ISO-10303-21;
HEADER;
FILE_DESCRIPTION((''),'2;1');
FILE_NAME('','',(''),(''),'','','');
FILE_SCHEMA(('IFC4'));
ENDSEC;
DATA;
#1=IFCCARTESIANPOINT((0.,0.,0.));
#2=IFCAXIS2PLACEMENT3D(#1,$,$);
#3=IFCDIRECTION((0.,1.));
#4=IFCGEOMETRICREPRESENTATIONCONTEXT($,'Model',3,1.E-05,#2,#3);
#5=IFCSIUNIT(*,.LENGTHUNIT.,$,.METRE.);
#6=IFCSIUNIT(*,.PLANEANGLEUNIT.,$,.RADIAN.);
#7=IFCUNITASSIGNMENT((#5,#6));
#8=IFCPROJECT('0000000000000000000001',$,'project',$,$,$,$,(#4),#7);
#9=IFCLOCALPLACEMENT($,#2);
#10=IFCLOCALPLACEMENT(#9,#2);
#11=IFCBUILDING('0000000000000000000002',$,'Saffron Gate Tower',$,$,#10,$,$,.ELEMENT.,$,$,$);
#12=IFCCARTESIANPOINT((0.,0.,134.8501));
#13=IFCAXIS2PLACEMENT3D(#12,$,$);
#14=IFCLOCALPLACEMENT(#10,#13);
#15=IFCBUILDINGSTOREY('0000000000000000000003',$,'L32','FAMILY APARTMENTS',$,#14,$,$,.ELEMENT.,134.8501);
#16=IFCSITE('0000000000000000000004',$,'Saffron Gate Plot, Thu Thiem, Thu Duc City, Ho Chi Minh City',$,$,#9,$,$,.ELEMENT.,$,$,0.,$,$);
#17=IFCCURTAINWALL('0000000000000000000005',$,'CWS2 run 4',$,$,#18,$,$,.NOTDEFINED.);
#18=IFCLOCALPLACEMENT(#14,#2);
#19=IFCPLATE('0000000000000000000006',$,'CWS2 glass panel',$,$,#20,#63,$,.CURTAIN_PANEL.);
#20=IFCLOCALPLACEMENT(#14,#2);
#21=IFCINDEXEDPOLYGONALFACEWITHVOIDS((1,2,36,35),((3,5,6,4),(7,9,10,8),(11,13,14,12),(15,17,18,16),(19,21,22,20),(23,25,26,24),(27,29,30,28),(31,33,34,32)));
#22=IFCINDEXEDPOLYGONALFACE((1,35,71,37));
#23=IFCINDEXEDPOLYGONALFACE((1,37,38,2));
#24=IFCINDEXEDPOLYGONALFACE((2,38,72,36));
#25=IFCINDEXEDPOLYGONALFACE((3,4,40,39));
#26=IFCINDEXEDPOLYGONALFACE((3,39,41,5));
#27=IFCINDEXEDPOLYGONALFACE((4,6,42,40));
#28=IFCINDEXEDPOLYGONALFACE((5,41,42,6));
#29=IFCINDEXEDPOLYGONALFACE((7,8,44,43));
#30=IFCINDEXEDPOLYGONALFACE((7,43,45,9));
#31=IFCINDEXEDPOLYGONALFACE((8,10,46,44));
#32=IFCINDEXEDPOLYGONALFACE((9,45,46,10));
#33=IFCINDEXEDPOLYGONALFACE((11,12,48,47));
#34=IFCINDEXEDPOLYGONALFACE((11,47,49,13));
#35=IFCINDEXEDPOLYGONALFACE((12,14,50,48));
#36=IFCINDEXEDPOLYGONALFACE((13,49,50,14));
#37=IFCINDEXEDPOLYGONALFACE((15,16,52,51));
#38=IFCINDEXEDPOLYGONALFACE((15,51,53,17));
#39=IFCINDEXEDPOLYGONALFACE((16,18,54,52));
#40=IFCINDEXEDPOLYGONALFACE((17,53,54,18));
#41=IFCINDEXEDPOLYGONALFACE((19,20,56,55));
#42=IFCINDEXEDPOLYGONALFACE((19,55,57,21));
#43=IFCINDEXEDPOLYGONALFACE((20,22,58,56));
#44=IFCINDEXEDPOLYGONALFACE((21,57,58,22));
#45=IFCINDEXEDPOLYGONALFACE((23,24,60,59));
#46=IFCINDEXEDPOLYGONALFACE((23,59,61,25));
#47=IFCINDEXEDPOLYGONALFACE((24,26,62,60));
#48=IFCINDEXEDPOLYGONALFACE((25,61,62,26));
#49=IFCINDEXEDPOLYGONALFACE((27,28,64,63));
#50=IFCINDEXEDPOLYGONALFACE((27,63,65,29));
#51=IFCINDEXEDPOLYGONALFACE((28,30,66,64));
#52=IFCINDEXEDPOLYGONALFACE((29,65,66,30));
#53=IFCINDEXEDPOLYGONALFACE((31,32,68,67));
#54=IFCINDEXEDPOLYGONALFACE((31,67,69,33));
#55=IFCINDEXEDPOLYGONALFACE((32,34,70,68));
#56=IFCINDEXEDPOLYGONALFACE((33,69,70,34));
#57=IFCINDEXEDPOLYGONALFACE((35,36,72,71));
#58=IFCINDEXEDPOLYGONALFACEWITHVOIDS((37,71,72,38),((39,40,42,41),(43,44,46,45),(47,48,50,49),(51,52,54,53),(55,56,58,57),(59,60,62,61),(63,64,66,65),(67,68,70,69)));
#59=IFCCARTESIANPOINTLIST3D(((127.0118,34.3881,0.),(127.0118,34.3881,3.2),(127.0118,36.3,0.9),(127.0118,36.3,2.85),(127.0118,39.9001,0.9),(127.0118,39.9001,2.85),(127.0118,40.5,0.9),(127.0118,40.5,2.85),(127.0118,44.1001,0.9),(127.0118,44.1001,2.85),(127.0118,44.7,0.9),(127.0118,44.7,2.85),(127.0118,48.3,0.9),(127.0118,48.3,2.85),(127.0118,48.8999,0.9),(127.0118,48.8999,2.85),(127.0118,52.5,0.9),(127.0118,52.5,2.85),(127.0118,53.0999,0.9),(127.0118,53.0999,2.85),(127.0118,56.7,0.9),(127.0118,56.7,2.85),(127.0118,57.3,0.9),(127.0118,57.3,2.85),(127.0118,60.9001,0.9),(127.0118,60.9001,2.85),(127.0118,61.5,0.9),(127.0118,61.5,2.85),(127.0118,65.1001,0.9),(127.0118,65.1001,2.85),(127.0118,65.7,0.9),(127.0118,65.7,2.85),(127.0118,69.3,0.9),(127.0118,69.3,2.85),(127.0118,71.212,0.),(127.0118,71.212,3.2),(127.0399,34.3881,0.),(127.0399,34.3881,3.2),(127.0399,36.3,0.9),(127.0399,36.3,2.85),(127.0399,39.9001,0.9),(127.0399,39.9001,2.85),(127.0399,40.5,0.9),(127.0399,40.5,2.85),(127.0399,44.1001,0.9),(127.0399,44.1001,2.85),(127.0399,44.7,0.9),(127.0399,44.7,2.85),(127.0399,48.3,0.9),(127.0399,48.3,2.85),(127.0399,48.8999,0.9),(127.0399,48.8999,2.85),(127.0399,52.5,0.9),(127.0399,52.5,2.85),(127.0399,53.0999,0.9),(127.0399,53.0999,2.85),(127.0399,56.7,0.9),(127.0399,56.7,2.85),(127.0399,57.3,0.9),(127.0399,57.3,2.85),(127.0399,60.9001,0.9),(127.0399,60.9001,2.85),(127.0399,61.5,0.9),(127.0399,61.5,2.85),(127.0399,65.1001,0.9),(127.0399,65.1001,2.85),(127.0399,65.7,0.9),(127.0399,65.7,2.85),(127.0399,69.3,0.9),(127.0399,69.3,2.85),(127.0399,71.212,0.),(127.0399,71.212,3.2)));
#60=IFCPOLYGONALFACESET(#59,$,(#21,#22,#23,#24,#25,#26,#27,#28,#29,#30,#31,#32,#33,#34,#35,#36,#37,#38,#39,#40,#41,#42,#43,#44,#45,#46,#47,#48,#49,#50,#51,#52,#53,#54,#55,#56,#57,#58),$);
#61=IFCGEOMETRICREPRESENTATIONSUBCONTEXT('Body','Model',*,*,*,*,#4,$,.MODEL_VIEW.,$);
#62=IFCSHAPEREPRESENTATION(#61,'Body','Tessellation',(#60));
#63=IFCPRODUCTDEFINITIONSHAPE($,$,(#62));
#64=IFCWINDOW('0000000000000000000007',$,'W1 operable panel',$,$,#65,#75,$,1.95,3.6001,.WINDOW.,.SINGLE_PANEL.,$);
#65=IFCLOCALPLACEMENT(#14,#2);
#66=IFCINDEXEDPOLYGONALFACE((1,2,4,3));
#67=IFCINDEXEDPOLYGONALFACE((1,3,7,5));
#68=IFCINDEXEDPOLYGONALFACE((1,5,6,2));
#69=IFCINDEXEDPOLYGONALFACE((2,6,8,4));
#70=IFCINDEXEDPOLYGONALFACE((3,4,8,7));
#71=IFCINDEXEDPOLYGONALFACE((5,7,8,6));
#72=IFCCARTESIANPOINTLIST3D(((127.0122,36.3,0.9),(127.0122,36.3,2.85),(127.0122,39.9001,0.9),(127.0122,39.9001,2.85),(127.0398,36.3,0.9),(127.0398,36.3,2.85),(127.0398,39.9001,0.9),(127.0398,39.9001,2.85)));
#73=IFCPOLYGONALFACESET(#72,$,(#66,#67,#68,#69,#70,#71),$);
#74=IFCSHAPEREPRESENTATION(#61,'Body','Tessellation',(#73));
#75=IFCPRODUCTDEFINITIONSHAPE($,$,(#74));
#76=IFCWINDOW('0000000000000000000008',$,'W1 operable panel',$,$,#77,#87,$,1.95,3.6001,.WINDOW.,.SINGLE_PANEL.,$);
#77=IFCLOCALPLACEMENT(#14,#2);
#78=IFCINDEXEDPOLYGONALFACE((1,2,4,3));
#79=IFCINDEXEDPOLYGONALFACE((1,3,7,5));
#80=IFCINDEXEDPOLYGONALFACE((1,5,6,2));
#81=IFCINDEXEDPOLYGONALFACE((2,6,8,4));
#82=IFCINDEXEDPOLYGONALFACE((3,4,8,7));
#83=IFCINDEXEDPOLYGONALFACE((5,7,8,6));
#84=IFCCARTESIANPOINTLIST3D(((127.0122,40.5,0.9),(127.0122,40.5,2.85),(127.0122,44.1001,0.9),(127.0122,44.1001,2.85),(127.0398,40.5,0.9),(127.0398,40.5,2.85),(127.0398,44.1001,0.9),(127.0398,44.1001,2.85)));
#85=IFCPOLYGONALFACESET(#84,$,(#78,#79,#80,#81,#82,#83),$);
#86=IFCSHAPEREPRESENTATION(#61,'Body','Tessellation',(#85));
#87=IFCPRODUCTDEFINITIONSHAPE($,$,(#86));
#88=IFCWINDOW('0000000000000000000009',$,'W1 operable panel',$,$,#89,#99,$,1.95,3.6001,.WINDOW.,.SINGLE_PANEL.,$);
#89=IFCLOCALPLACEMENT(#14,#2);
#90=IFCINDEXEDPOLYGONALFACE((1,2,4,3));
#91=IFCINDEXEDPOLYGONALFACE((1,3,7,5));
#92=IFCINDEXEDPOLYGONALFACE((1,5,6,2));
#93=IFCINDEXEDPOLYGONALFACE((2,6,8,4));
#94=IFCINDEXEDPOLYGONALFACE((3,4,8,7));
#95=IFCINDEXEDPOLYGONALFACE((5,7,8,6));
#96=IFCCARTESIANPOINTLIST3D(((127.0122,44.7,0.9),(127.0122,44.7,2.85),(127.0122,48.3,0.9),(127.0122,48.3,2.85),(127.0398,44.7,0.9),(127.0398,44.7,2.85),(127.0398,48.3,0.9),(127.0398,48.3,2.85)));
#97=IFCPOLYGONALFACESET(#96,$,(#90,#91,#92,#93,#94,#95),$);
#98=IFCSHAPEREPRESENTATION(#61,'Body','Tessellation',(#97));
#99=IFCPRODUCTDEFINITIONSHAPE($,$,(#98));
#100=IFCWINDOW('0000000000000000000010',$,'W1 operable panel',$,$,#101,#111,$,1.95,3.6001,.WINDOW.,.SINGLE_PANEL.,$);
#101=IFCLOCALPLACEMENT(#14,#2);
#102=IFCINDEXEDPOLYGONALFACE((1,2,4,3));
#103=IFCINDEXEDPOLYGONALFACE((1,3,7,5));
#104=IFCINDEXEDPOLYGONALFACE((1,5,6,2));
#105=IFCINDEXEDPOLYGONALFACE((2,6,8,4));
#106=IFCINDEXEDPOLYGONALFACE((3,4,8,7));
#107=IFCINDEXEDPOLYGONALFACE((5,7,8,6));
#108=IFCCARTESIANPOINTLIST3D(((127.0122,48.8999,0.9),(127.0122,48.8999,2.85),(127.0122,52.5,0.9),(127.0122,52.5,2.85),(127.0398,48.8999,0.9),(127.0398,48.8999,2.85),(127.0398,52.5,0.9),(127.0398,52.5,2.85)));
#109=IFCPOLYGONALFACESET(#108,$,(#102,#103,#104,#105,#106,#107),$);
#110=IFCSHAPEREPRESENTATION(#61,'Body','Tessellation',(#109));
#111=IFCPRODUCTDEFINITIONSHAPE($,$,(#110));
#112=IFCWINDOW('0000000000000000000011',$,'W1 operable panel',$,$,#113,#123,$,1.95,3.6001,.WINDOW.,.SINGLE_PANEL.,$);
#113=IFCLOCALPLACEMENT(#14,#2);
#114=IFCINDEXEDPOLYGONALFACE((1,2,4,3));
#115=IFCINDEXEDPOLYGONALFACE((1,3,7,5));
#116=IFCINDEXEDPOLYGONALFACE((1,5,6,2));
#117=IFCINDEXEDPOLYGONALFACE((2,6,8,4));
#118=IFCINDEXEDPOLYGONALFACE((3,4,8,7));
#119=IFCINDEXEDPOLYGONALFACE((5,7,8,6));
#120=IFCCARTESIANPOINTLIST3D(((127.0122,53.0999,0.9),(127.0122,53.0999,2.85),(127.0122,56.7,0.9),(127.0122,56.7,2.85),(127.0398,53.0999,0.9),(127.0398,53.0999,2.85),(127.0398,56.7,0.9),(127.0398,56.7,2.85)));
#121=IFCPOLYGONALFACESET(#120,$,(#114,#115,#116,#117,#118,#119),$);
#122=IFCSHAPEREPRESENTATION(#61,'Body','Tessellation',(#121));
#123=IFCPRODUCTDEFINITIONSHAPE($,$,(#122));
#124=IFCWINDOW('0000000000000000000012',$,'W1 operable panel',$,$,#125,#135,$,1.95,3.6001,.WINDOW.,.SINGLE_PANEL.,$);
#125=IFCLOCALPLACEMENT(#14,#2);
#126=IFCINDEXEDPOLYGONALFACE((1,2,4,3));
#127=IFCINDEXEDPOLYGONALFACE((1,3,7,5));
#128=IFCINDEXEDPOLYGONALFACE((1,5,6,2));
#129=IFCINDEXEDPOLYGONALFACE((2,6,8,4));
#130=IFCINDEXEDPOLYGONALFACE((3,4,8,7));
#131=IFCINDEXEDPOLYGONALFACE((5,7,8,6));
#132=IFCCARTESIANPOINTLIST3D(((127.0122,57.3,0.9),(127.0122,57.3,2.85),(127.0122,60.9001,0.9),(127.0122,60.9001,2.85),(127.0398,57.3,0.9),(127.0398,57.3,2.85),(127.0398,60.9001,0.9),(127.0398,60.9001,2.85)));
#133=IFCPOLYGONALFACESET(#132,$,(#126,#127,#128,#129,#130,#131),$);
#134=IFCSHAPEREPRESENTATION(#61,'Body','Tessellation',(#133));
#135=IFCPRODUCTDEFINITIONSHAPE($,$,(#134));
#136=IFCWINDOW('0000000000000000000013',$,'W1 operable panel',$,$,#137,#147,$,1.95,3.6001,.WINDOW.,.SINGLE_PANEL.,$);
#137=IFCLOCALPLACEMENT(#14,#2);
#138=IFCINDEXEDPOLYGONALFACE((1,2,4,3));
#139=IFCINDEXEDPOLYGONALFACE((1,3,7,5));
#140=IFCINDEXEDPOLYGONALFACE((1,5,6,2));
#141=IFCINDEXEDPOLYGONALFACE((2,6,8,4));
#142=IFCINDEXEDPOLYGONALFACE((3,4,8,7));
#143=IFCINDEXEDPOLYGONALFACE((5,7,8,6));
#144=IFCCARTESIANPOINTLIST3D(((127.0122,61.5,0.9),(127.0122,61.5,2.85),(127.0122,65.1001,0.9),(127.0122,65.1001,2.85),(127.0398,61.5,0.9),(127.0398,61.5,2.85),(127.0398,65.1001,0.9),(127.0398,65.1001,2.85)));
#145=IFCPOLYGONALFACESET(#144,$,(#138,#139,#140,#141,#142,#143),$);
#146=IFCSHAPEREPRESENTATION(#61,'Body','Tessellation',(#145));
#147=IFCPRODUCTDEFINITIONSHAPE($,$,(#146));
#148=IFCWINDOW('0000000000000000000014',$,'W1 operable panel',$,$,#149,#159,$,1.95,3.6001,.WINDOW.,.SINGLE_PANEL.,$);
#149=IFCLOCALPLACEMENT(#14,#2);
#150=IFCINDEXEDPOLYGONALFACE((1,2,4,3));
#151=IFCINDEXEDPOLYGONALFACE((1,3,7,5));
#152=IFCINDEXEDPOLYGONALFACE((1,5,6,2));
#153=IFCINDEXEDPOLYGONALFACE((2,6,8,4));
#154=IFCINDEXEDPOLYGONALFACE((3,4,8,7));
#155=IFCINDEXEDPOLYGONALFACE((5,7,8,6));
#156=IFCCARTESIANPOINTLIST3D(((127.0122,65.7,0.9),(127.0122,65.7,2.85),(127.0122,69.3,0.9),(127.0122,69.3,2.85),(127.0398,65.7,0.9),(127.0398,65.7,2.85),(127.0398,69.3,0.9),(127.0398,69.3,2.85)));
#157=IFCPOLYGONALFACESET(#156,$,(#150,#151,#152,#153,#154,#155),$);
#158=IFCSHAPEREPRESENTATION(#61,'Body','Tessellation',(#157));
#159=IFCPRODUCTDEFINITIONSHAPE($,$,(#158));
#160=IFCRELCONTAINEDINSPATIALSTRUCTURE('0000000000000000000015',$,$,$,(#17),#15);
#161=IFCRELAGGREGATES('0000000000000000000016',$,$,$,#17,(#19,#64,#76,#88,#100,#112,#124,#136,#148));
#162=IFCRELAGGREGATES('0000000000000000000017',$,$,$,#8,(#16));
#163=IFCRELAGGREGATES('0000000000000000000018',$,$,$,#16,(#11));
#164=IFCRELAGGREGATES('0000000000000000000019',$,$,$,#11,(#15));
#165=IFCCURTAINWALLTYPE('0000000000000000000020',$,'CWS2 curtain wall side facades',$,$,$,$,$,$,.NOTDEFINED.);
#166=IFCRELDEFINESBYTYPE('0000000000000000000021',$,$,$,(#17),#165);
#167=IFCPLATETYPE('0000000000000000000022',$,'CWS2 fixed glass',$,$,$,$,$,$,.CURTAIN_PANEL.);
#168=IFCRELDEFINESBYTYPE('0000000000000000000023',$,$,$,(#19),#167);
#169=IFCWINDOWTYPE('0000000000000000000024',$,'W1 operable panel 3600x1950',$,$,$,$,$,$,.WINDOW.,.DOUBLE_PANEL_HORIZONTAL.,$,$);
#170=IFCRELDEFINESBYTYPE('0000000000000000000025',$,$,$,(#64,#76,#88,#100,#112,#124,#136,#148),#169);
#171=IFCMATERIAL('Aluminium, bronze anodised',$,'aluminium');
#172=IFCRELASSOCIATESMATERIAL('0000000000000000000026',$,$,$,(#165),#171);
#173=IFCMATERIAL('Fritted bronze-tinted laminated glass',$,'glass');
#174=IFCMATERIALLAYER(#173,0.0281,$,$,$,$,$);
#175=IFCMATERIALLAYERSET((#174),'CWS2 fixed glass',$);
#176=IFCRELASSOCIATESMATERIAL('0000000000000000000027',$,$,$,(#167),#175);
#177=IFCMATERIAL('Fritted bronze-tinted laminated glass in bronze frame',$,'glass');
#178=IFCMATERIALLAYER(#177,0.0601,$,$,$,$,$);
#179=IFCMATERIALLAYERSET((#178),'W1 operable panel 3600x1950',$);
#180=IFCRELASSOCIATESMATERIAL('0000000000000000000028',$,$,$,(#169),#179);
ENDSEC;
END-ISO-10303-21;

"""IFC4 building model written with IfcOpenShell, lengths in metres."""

from ifc_helpers import new_model, si_unit, direction, frame, frame_2d, origin, place, context, subcontext, project, spatial, rectangle, extrude, material, layer, layer_set, type_object, element, fill, aggregate, save


model = new_model("IFC4")

# Units and contexts
model_context = context("Model", 3, precision=1e-05, world=origin(), true_north=direction((0.0, 1.0)))
body_context = subcontext(model_context, "Body", "Model", "MODEL_VIEW")
ifc_project = project(units=[si_unit("LENGTHUNIT", "METRE"), si_unit("PLANEANGLEUNIT", "RADIAN")], contexts=[model_context])

# Site, building, storey
site_placement = place(None, origin())
site = spatial("IfcSite", under=ifc_project, at=site_placement, Name="Saffron Gate Plot, Thu Thiem, Thu Duc City, Ho Chi Minh City", CompositionType="ELEMENT", RefElevation=0.0)
building_placement = place(site_placement, origin())
building = spatial("IfcBuilding", under=site, at=building_placement, Name="Saffron Gate Tower", CompositionType="ELEMENT")
storey_placement = place(building_placement, frame((0.0, 0.0, 134.8501)))
storey = spatial("IfcBuildingStorey", under=building, at=storey_placement, Name="L32", Description="FAMILY APARTMENTS", CompositionType="ELEMENT", Elevation=134.8501)

# Curtain wall
ifc_material_1 = material(Name="Aluminium, bronze anodised", Category="aluminium")
curtain_wall_type_1 = type_object("IfcCurtainWallType", Name="CWS2 curtain wall side facades", PredefinedType="NOTDEFINED", material=ifc_material_1)
curtain_wall_1_placement = place(storey_placement, origin())
curtain_wall_1 = element("IfcCurtainWall", 1, at=curtain_wall_1_placement, inside=storey, type_object=curtain_wall_type_1, Name="CWS2 run 4", PredefinedType="NOTDEFINED")

# Plate, openings, windows
ifc_material_2 = material(Name="Fritted bronze-tinted laminated glass", Category="glass")
ifc_layer_1 = layer(ifc_material_2, 0.0281)
ifc_layer_set_1 = layer_set([ifc_layer_1], Name="CWS2 fixed glass")
plate_type = type_object("IfcPlateType", Name="CWS2 fixed glass", PredefinedType="CURTAIN_PANEL", material=ifc_layer_set_1)
plate_placement = place(storey_placement, frame((127.0259, 34.3879, 0.0), z_axis=(0.0, 0.0, 1.0), x_axis=(0.0, 1.0, 0.0)))
plate = element("IfcPlate", 2, at=plate_placement, type_object=plate_type, Name="CWS2 glass panel", PredefinedType="CURTAIN_PANEL", context=body_context, shape_type="SweptSolid", body=[
    extrude(rectangle(XDim=36.824, YDim=0.0281, at=frame_2d((18.4121, 0.0))), origin(), (0.0, 0.0, 1.0), 3.2),
])
opening_1_placement = place(plate_placement, frame((1.9121, 0.0, 0.8999)))
opening_1 = element("IfcOpeningElement", 3, at=opening_1_placement, cuts=plate, PredefinedType="OPENING", context=body_context, shape_type="SweptSolid", body=[
    extrude(rectangle(XDim=3.6001, YDim=1.95, at=frame_2d((1.8, 0.9751))), frame((0.0, 0.0239, 0.0), z_axis=(0.0, -1.0, 0.0), x_axis=(1.0, 0.0, 0.0)), (0.0, 0.0, 1.0), 0.0481),
])
opening_2_placement = place(plate_placement, frame((6.1121, 0.0, 0.8999)))
opening_2 = element("IfcOpeningElement", 4, at=opening_2_placement, cuts=plate, PredefinedType="OPENING", context=body_context, shape_type="SweptSolid", body=[
    extrude(rectangle(XDim=3.6001, YDim=1.95, at=frame_2d((1.8, 0.9751))), frame((0.0, 0.0239, 0.0), z_axis=(0.0, -1.0, 0.0), x_axis=(1.0, 0.0, 0.0)), (0.0, 0.0, 1.0), 0.0481),
])
opening_3_placement = place(plate_placement, frame((10.312, 0.0, 0.8999)))
opening_3 = element("IfcOpeningElement", 5, at=opening_3_placement, cuts=plate, PredefinedType="OPENING", context=body_context, shape_type="SweptSolid", body=[
    extrude(rectangle(XDim=3.6001, YDim=1.95, at=frame_2d((1.8, 0.9751))), frame((0.0, 0.0239, 0.0), z_axis=(0.0, -1.0, 0.0), x_axis=(1.0, 0.0, 0.0)), (0.0, 0.0, 1.0), 0.0481),
])
opening_4_placement = place(plate_placement, frame((14.512, 0.0, 0.8999)))
opening_4 = element("IfcOpeningElement", 6, at=opening_4_placement, cuts=plate, PredefinedType="OPENING", context=body_context, shape_type="SweptSolid", body=[
    extrude(rectangle(XDim=3.6001, YDim=1.95, at=frame_2d((1.8, 0.9751))), frame((0.0, 0.0239, 0.0), z_axis=(0.0, -1.0, 0.0), x_axis=(1.0, 0.0, 0.0)), (0.0, 0.0, 1.0), 0.0481),
])
opening_5_placement = place(plate_placement, frame((18.7119, 0.0, 0.8999)))
opening_5 = element("IfcOpeningElement", 7, at=opening_5_placement, cuts=plate, PredefinedType="OPENING", context=body_context, shape_type="SweptSolid", body=[
    extrude(rectangle(XDim=3.6001, YDim=1.95, at=frame_2d((1.8, 0.9751))), frame((0.0, 0.0239, 0.0), z_axis=(0.0, -1.0, 0.0), x_axis=(1.0, 0.0, 0.0)), (0.0, 0.0, 1.0), 0.0481),
])
opening_6_placement = place(plate_placement, frame((22.9121, 0.0, 0.8999)))
opening_6 = element("IfcOpeningElement", 8, at=opening_6_placement, cuts=plate, PredefinedType="OPENING", context=body_context, shape_type="SweptSolid", body=[
    extrude(rectangle(XDim=3.6001, YDim=1.95, at=frame_2d((1.8, 0.9751))), frame((0.0, 0.0239, 0.0), z_axis=(0.0, -1.0, 0.0), x_axis=(1.0, 0.0, 0.0)), (0.0, 0.0, 1.0), 0.0481),
])
opening_7_placement = place(plate_placement, frame((27.1121, 0.0, 0.8999)))
opening_7 = element("IfcOpeningElement", 9, at=opening_7_placement, cuts=plate, PredefinedType="OPENING", context=body_context, shape_type="SweptSolid", body=[
    extrude(rectangle(XDim=3.6001, YDim=1.95, at=frame_2d((1.8, 0.9751))), frame((0.0, 0.0239, 0.0), z_axis=(0.0, -1.0, 0.0), x_axis=(1.0, 0.0, 0.0)), (0.0, 0.0, 1.0), 0.0481),
])
opening_8_placement = place(plate_placement, frame((31.312, 0.0, 0.8999)))
opening_8 = element("IfcOpeningElement", 10, at=opening_8_placement, cuts=plate, PredefinedType="OPENING", context=body_context, shape_type="SweptSolid", body=[
    extrude(rectangle(XDim=3.6001, YDim=1.95, at=frame_2d((1.8, 0.9751))), frame((0.0, 0.0239, 0.0), z_axis=(0.0, -1.0, 0.0), x_axis=(1.0, 0.0, 0.0)), (0.0, 0.0, 1.0), 0.0481),
])
ifc_material_3 = material(Name="Fritted bronze-tinted laminated glass in bronze frame", Category="glass")
ifc_layer_2 = layer(ifc_material_3, 0.0601)
ifc_layer_set_2 = layer_set([ifc_layer_2], Name="W1 operable panel 3600x1950")
window_type = type_object("IfcWindowType", Name="W1 operable panel 3600x1950", PartitioningType="DOUBLE_PANEL_HORIZONTAL", PredefinedType="WINDOW", material=ifc_layer_set_2)
window_1_placement = place(opening_1_placement, origin())
window_1 = element("IfcWindow", 11, at=window_1_placement, type_object=window_type, Name="W1 operable panel", OverallHeight=1.95, OverallWidth=3.6001, PartitioningType="SINGLE_PANEL", PredefinedType="WINDOW", context=body_context, shape_type="SweptSolid", body=[
    extrude(rectangle(XDim=3.6001, YDim=1.95, at=frame_2d((1.8, 0.9751))), frame((0.0, 0.0137, 0.0), z_axis=(0.0, -1.0, 0.0), x_axis=(1.0, 0.0, 0.0)), (0.0, 0.0, 1.0), 0.0276),
])
fill(opening_1, window_1)
window_2_placement = place(opening_2_placement, origin())
window_2 = element("IfcWindow", 12, at=window_2_placement, type_object=window_type, Name="W1 operable panel", OverallHeight=1.95, OverallWidth=3.6001, PartitioningType="SINGLE_PANEL", PredefinedType="WINDOW", context=body_context, shape_type="SweptSolid", body=[
    extrude(rectangle(XDim=3.6001, YDim=1.95, at=frame_2d((1.8, 0.9751))), frame((0.0, 0.0137, 0.0), z_axis=(0.0, -1.0, 0.0), x_axis=(1.0, 0.0, 0.0)), (0.0, 0.0, 1.0), 0.0276),
])
fill(opening_2, window_2)
window_3_placement = place(opening_3_placement, origin())
window_3 = element("IfcWindow", 13, at=window_3_placement, type_object=window_type, Name="W1 operable panel", OverallHeight=1.95, OverallWidth=3.6001, PartitioningType="SINGLE_PANEL", PredefinedType="WINDOW", context=body_context, shape_type="SweptSolid", body=[
    extrude(rectangle(XDim=3.6001, YDim=1.95, at=frame_2d((1.8, 0.9751))), frame((0.0, 0.0137, 0.0), z_axis=(0.0, -1.0, 0.0), x_axis=(1.0, 0.0, 0.0)), (0.0, 0.0, 1.0), 0.0276),
])
fill(opening_3, window_3)
window_4_placement = place(opening_4_placement, origin())
window_4 = element("IfcWindow", 14, at=window_4_placement, type_object=window_type, Name="W1 operable panel", OverallHeight=1.95, OverallWidth=3.6001, PartitioningType="SINGLE_PANEL", PredefinedType="WINDOW", context=body_context, shape_type="SweptSolid", body=[
    extrude(rectangle(XDim=3.6001, YDim=1.95, at=frame_2d((1.8, 0.9751))), frame((0.0, 0.0137, 0.0), z_axis=(0.0, -1.0, 0.0), x_axis=(1.0, 0.0, 0.0)), (0.0, 0.0, 1.0), 0.0276),
])
fill(opening_4, window_4)
window_5_placement = place(opening_5_placement, origin())
window_5 = element("IfcWindow", 15, at=window_5_placement, type_object=window_type, Name="W1 operable panel", OverallHeight=1.95, OverallWidth=3.6001, PartitioningType="SINGLE_PANEL", PredefinedType="WINDOW", context=body_context, shape_type="SweptSolid", body=[
    extrude(rectangle(XDim=3.6001, YDim=1.95, at=frame_2d((1.8, 0.9751))), frame((0.0, 0.0137, 0.0), z_axis=(0.0, -1.0, 0.0), x_axis=(1.0, 0.0, 0.0)), (0.0, 0.0, 1.0), 0.0276),
])
fill(opening_5, window_5)
window_6_placement = place(opening_6_placement, origin())
window_6 = element("IfcWindow", 16, at=window_6_placement, type_object=window_type, Name="W1 operable panel", OverallHeight=1.95, OverallWidth=3.6001, PartitioningType="SINGLE_PANEL", PredefinedType="WINDOW", context=body_context, shape_type="SweptSolid", body=[
    extrude(rectangle(XDim=3.6001, YDim=1.95, at=frame_2d((1.8, 0.9751))), frame((0.0, 0.0137, 0.0), z_axis=(0.0, -1.0, 0.0), x_axis=(1.0, 0.0, 0.0)), (0.0, 0.0, 1.0), 0.0276),
])
fill(opening_6, window_6)
window_7_placement = place(opening_7_placement, origin())
window_7 = element("IfcWindow", 17, at=window_7_placement, type_object=window_type, Name="W1 operable panel", OverallHeight=1.95, OverallWidth=3.6001, PartitioningType="SINGLE_PANEL", PredefinedType="WINDOW", context=body_context, shape_type="SweptSolid", body=[
    extrude(rectangle(XDim=3.6001, YDim=1.95, at=frame_2d((1.8, 0.9751))), frame((0.0, 0.0137, 0.0), z_axis=(0.0, -1.0, 0.0), x_axis=(1.0, 0.0, 0.0)), (0.0, 0.0, 1.0), 0.0276),
])
fill(opening_7, window_7)
window_8_placement = place(opening_8_placement, origin())
window_8 = element("IfcWindow", 18, at=window_8_placement, type_object=window_type, Name="W1 operable panel", OverallHeight=1.95, OverallWidth=3.6001, PartitioningType="SINGLE_PANEL", PredefinedType="WINDOW", context=body_context, shape_type="SweptSolid", body=[
    extrude(rectangle(XDim=3.6001, YDim=1.95, at=frame_2d((1.8, 0.9751))), frame((0.0, 0.0137, 0.0), z_axis=(0.0, -1.0, 0.0), x_axis=(1.0, 0.0, 0.0)), (0.0, 0.0, 1.0), 0.0276),
])
fill(opening_8, window_8)
aggregate(curtain_wall_1, [plate, window_1, window_2, window_3, window_4, window_5, window_6, window_7, window_8])

save(model, "model.ifc")
